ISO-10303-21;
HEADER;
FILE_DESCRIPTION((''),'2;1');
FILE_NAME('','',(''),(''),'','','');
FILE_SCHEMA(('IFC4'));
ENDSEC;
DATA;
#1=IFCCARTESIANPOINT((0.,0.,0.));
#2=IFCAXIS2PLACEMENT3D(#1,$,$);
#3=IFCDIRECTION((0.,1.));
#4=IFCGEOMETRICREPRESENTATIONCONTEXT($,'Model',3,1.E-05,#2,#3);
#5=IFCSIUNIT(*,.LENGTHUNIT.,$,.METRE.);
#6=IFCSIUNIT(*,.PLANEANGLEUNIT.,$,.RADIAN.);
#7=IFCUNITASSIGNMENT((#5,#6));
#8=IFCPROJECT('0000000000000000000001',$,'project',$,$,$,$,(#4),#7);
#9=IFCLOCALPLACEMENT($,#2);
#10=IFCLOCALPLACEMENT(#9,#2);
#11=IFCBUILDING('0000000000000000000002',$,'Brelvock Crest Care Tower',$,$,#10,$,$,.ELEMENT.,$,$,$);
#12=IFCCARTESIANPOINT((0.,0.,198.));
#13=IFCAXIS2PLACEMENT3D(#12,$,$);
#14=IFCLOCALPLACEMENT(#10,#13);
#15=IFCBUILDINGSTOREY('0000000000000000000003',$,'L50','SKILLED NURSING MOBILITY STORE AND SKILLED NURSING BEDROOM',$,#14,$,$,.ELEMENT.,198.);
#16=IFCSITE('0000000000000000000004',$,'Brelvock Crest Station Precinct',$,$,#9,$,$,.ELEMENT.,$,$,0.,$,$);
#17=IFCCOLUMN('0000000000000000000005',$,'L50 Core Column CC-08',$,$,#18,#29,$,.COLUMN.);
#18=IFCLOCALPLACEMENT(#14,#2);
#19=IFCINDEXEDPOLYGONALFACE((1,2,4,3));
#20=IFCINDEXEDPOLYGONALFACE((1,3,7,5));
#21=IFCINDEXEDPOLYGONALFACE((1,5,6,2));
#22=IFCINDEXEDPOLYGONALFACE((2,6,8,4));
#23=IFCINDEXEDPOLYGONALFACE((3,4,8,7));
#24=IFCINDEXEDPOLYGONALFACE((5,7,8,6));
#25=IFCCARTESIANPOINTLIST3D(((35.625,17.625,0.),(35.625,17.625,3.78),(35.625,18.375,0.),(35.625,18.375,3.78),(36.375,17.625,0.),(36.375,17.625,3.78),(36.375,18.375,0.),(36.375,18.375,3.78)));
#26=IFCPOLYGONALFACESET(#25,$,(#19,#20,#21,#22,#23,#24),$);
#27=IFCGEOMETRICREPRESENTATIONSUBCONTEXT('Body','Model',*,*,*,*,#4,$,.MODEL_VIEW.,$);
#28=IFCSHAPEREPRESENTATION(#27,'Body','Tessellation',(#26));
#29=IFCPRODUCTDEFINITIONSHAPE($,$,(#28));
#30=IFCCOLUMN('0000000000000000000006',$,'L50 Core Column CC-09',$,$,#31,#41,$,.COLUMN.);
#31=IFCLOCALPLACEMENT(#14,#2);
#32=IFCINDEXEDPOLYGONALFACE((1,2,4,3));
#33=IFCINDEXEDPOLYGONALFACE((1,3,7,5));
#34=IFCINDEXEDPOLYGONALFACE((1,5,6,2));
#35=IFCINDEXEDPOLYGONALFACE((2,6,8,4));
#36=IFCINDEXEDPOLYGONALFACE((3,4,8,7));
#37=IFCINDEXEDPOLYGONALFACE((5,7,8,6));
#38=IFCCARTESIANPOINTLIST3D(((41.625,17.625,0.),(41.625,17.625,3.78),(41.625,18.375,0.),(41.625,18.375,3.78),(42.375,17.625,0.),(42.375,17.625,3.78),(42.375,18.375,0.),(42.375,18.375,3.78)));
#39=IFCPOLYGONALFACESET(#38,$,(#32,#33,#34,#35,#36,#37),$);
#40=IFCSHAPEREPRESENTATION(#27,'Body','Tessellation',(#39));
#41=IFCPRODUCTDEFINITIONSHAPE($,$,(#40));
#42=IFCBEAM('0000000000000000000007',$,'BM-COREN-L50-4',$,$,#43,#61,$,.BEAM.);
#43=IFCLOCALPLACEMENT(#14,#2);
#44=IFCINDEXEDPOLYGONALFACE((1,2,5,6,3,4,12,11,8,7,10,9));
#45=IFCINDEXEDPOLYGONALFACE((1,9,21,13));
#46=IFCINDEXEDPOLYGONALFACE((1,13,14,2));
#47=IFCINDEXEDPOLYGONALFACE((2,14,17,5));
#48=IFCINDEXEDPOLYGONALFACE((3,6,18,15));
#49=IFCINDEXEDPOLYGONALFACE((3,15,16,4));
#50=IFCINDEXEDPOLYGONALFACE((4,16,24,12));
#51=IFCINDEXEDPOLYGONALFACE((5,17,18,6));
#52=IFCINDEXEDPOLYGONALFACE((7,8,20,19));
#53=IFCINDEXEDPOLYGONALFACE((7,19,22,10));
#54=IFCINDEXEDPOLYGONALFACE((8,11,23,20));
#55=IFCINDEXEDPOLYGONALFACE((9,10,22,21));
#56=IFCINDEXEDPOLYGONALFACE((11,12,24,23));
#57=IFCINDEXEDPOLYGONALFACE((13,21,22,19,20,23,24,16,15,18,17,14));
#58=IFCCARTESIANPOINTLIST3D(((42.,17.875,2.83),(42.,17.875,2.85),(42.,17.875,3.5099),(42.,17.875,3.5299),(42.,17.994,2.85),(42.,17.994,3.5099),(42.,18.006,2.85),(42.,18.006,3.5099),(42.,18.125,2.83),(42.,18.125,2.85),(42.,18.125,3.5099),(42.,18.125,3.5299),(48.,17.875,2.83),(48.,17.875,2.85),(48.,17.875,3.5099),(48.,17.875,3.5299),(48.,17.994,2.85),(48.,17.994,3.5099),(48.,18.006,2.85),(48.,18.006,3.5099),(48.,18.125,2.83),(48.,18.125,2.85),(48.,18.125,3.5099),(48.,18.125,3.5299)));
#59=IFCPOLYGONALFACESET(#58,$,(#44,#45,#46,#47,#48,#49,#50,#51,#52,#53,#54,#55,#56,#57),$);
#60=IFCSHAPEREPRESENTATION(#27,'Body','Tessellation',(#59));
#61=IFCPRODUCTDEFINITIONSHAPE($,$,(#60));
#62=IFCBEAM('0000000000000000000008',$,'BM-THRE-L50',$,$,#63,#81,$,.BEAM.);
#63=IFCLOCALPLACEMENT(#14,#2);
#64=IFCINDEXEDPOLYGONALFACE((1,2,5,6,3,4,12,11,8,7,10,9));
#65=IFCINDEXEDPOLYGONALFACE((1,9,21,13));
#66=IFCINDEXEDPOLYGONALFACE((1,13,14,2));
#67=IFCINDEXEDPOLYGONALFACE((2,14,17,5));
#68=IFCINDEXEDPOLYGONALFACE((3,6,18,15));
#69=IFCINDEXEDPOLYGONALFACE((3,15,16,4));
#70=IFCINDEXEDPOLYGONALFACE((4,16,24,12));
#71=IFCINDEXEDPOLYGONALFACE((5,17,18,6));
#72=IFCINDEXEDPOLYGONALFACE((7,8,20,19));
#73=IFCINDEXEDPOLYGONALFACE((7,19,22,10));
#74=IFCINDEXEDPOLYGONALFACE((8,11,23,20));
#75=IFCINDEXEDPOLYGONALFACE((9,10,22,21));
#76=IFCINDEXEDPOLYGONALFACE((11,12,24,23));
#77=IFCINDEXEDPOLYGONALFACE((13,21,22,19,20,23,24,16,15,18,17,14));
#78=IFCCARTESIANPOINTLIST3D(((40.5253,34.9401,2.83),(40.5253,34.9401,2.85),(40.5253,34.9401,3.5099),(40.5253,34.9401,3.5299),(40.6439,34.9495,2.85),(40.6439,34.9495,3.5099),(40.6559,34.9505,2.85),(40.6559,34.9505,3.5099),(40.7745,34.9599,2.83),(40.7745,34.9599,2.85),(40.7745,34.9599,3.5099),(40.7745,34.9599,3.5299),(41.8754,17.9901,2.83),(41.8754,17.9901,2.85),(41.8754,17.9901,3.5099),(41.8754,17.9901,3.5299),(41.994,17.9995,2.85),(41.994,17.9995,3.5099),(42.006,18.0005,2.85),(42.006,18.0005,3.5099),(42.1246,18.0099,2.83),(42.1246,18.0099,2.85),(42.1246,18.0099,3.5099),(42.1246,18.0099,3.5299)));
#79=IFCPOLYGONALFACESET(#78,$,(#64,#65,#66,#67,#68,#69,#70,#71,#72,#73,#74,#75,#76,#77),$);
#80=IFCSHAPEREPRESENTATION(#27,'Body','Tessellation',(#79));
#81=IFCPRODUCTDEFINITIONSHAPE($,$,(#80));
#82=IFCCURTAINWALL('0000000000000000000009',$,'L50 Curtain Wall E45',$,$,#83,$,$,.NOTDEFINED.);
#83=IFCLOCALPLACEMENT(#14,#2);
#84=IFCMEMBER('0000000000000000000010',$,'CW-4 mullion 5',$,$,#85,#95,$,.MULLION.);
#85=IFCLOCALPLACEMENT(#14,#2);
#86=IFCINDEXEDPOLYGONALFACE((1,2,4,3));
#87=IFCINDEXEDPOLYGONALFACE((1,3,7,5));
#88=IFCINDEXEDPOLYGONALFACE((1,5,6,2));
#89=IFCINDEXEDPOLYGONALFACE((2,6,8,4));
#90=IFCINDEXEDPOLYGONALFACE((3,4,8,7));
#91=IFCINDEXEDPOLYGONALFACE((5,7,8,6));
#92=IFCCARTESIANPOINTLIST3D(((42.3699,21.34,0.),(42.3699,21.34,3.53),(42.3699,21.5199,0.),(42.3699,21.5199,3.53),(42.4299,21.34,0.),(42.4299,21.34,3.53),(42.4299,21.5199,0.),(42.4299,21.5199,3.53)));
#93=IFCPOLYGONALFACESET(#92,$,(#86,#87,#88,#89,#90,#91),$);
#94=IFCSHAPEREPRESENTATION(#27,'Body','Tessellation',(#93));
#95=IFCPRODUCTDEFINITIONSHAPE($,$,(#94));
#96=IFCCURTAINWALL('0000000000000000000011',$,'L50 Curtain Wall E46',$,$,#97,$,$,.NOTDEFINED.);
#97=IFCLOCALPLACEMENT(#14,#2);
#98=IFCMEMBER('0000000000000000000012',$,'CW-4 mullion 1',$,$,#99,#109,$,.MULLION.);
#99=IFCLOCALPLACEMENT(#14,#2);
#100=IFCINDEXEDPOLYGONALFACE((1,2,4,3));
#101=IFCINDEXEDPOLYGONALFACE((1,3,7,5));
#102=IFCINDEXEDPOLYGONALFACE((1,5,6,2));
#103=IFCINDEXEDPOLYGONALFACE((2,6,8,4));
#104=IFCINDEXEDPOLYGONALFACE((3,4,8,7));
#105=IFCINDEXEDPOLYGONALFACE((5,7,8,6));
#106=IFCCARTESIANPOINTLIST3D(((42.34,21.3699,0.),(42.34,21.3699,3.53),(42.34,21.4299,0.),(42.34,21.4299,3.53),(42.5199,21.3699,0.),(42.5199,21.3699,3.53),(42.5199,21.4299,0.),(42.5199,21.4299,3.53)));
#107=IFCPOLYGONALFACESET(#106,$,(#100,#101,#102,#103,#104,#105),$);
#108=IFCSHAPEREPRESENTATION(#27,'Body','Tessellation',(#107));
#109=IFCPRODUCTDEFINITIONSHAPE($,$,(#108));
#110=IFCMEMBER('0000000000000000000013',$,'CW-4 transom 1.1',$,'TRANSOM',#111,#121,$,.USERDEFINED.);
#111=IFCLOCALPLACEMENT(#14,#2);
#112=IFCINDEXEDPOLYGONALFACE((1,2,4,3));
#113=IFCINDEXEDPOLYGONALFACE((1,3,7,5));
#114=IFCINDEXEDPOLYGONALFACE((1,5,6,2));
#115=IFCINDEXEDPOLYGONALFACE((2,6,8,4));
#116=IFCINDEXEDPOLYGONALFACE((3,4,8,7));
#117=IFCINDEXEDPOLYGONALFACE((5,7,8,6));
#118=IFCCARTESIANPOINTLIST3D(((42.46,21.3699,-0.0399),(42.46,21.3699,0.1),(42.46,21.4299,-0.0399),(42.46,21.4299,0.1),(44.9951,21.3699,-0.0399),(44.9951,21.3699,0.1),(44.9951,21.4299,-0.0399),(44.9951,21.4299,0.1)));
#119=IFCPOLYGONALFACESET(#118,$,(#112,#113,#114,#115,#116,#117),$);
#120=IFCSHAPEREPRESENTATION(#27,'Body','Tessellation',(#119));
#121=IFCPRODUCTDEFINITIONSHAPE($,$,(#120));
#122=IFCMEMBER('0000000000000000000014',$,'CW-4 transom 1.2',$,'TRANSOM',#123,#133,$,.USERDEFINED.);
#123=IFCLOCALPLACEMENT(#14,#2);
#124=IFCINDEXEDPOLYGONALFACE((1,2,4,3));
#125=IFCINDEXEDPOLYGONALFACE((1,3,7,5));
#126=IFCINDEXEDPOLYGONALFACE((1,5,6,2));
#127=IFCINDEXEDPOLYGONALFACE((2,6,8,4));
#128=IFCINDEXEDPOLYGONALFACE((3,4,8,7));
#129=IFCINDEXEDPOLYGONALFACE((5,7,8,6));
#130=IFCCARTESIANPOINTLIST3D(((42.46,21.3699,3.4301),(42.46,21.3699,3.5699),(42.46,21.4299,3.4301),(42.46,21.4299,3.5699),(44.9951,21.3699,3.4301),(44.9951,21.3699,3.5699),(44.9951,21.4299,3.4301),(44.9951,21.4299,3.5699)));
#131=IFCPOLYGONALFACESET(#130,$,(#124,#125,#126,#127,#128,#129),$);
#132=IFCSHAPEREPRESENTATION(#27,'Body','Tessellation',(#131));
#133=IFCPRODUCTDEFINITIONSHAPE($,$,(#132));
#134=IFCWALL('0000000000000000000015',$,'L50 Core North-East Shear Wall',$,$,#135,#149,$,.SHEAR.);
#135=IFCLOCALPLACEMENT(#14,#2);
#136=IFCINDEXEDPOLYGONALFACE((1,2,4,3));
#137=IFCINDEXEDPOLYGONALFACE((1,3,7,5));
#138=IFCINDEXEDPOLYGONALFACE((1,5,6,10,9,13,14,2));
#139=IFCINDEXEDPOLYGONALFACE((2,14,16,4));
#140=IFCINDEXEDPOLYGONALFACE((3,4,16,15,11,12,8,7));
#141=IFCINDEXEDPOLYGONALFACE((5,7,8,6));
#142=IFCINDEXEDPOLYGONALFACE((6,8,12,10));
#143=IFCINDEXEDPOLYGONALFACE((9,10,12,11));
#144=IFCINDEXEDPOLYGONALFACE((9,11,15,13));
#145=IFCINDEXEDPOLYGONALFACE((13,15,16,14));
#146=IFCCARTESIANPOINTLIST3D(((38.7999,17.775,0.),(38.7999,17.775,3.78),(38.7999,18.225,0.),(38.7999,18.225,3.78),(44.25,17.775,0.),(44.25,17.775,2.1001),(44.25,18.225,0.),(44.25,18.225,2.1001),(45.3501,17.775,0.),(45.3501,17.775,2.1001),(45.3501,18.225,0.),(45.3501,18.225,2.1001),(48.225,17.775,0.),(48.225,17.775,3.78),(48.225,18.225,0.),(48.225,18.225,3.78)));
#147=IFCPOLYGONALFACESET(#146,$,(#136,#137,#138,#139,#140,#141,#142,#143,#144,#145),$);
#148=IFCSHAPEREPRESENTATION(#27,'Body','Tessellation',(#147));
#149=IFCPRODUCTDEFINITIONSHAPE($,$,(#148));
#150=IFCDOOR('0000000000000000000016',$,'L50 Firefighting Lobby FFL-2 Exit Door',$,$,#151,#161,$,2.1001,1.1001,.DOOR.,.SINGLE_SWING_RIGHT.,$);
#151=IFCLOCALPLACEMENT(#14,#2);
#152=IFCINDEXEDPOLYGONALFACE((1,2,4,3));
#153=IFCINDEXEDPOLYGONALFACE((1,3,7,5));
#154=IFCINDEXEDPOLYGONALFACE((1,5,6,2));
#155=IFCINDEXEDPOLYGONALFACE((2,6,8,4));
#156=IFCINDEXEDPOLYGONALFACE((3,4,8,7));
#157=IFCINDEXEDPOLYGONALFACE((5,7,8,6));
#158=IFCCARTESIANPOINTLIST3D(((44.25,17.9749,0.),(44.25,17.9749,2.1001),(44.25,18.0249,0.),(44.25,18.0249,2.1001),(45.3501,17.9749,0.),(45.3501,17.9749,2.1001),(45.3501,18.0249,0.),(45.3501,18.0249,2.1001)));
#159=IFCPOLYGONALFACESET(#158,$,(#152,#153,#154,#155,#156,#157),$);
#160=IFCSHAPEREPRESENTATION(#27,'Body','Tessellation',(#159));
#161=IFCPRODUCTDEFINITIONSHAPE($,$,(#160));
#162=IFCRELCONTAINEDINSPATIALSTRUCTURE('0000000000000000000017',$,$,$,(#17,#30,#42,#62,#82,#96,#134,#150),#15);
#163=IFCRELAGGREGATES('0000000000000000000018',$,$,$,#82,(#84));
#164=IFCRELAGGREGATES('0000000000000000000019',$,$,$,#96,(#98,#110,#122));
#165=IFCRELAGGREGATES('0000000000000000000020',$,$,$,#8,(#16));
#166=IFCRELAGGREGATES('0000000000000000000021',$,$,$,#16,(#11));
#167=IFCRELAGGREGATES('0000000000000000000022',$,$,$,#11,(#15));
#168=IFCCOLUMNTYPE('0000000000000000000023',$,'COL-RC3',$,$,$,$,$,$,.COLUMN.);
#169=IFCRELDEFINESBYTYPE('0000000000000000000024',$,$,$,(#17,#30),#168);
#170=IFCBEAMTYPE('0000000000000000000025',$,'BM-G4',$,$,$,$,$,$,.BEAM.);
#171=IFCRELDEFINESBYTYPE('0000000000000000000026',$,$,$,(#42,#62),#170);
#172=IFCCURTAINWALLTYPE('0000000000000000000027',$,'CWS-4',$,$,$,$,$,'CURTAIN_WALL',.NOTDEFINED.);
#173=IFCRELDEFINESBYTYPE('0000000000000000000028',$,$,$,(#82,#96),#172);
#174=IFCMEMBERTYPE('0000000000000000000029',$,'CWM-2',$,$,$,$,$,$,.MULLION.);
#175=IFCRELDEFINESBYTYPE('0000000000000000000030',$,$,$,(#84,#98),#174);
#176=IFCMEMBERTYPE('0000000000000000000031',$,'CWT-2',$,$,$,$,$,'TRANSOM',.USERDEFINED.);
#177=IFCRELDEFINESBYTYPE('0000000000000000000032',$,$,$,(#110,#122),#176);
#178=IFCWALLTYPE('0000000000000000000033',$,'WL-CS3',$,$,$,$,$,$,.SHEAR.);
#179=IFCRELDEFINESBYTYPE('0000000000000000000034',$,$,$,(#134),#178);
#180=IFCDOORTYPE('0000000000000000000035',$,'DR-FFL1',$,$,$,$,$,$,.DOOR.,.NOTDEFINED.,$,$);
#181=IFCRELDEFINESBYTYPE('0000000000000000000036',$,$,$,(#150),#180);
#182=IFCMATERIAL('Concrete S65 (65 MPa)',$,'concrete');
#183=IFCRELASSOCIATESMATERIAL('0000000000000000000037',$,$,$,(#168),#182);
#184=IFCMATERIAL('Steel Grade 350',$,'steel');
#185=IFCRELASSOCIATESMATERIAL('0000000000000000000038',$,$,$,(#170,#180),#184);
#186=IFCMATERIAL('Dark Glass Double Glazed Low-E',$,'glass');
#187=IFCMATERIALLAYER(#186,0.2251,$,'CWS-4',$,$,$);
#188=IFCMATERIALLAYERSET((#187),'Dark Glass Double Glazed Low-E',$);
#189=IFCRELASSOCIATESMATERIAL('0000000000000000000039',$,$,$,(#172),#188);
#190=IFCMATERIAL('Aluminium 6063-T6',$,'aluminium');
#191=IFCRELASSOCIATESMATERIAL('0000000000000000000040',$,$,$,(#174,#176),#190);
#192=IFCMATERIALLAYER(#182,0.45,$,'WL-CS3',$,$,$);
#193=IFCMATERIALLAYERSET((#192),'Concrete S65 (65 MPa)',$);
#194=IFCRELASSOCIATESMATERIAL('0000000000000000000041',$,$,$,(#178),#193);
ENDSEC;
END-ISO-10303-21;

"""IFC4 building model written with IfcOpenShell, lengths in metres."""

from ifc_helpers import new_model, si_unit, direction, frame, frame_2d, origin, origin_2d, place, context, subcontext, project, spatial, rectangle, i_section, extrude, source, transform, mapped, material, layer, layer_set, material_profile, profile_set, type_object, element, fill, aggregate, save


model = new_model("IFC4")

# Units and contexts
model_context = context("Model", 3, precision=1e-05, world=origin(), true_north=direction((0.0, 1.0)))
body_context = subcontext(model_context, "Body", "Model", "MODEL_VIEW")
ifc_project = project(units=[si_unit("LENGTHUNIT", "METRE"), si_unit("PLANEANGLEUNIT", "RADIAN")], contexts=[model_context])

# Site, building, storey
site_placement = place(None, origin())
site = spatial("IfcSite", under=ifc_project, at=site_placement, Name="Brelvock Crest Station Precinct", CompositionType="ELEMENT", RefElevation=0.0)
building_placement = place(site_placement, origin())
building = spatial("IfcBuilding", under=site, at=building_placement, Name="Brelvock Crest Care Tower", CompositionType="ELEMENT")
storey_placement = place(building_placement, frame((0.0, 0.0, 198.0)))
storey = spatial("IfcBuildingStorey", under=building, at=storey_placement, Name="L50", Description="SKILLED NURSING MOBILITY STORE AND SKILLED NURSING BEDROOM", CompositionType="ELEMENT", Elevation=198.0)

# Columns
ifc_material_1 = material(Name="Concrete S65 (65 MPa)", Category="concrete")
ifc_material_profile_1 = material_profile(ifc_material_1, rectangle(XDim=0.75, YDim=0.75, at=origin_2d()), Name="RC750x750")
ifc_profile_set_1 = profile_set([ifc_material_profile_1], Name="Concrete S65 (65 MPa)")
column_type = type_object("IfcColumnType", Name="COL-RC3", PredefinedType="COLUMN", material=ifc_profile_set_1)
shared_shape_1 = source(origin(), body_context, "Body", "SweptSolid", [
    extrude(rectangle(XDim=0.75, YDim=0.75, at=origin_2d()), origin(), (0.0, 0.0, 1.0), 3.78),
])
for number, where, z_axis, x_axis, name in (
    (1, (36.0, 18.0, 0.0), (0.0, 0.0, 1.0), (1.0, 0.0, 0.0), "L50 Core Column CC-08"),
    (2, (42.0, 18.0, 0.0), (0.0, 0.0, 1.0), (1.0, 0.0, 0.0), "L50 Core Column CC-09"),
):
    element("IfcColumn", number, at=place(storey_placement, frame(where, z_axis=z_axis, x_axis=x_axis)), inside=storey, type_object=column_type, Name=name, PredefinedType="COLUMN", context=body_context, shape_type="MappedRepresentation", body=[
        mapped(shared_shape_1, transform((0.0, 0.0, 0.0), x_axis=(1.0, 0.0, 0.0), y_axis=(0.0, 1.0, 0.0), z_axis=(0.0, 0.0, 1.0), scale=1.0)),
    ])

# Beams
ifc_material_2 = material(Name="Steel Grade 350", Category="steel")
ifc_material_profile_2 = material_profile(ifc_material_2, i_section(OverallWidth=0.25, OverallDepth=0.7, WebThickness=0.012, FlangeThickness=0.02, at=origin_2d()), Name="700WB150")
ifc_profile_set_2 = profile_set([ifc_material_profile_2], Name="Steel Grade 350")
beam_type = type_object("IfcBeamType", Name="BM-G4", PredefinedType="BEAM", material=ifc_profile_set_2)
shared_shape_2 = source(origin(), body_context, "Body", "SweptSolid", [
    extrude(i_section(OverallWidth=0.25, OverallDepth=0.7, WebThickness=0.012, FlangeThickness=0.02, at=origin_2d()), origin(), (0.0, 0.0, 1.0), 6.0),
])
beam_1_placement = place(storey_placement, frame((42.0, 18.0, 3.1799), z_axis=(1.0, 0.0, 0.0), x_axis=(0.0, 1.0, 0.0)))
element("IfcBeam", 3, at=beam_1_placement, inside=storey, type_object=beam_type, Name="BM-COREN-L50-4", PredefinedType="BEAM", context=body_context, shape_type="MappedRepresentation", body=[
    mapped(shared_shape_2, transform((0.0, 0.0, 0.0), x_axis=(1.0, 0.0, 0.0), y_axis=(0.0, 1.0, 0.0), z_axis=(0.0, 0.0, 1.0), scale=1.0)),
])
shared_shape_3 = source(origin(), body_context, "Body", "SweptSolid", [
    extrude(i_section(OverallWidth=0.25, OverallDepth=0.7, WebThickness=0.012, FlangeThickness=0.02, at=origin_2d()), origin(), (0.0, 0.0, 1.0), 17.0037),
])
beam_2_placement = place(storey_placement, frame((42.0, 18.0, 3.1799), z_axis=(-0.079401, 0.996843, 0.0), x_axis=(-0.996843, -0.079401, 0.0)))
element("IfcBeam", 4, at=beam_2_placement, inside=storey, type_object=beam_type, Name="BM-THRE-L50", PredefinedType="BEAM", context=body_context, shape_type="MappedRepresentation", body=[
    mapped(shared_shape_3, transform((0.0, 0.0, 0.0), x_axis=(1.0, 0.0, 0.0), y_axis=(0.0, 1.0, 0.0), z_axis=(0.0, 0.0, 1.0), scale=1.0)),
])

# Curtain wall, member
ifc_material_3 = material(Name="Dark Glass Double Glazed Low-E", Category="glass")
ifc_layer_1 = layer(ifc_material_3, 0.2251, Name="CWS-4")
ifc_layer_set_1 = layer_set([ifc_layer_1], Name="Dark Glass Double Glazed Low-E")
curtain_wall_type = type_object("IfcCurtainWallType", Name="CWS-4", ElementType="CURTAIN_WALL", PredefinedType="NOTDEFINED", material=ifc_layer_set_1)
curtain_wall_1_placement = place(storey_placement, origin())
curtain_wall_1 = element("IfcCurtainWall", 5, at=curtain_wall_1_placement, inside=storey, type_object=curtain_wall_type, Name="L50 Curtain Wall E45", PredefinedType="NOTDEFINED")
ifc_material_4 = material(Name="Aluminium 6063-T6", Category="aluminium")
ifc_material_profile_3 = material_profile(ifc_material_4, rectangle(XDim=0.0601, YDim=0.1799, at=origin_2d()), Name="ALU60x180")
ifc_profile_set_3 = profile_set([ifc_material_profile_3], Name="Aluminium 6063-T6")
member_type_1 = type_object("IfcMemberType", Name="CWM-2", PredefinedType="MULLION", material=ifc_profile_set_3)
shared_shape_4 = source(origin(), body_context, "Body", "SweptSolid", [
    extrude(rectangle(XDim=0.0601, YDim=0.1799, at=origin_2d()), origin(), (0.0, 0.0, 1.0), 3.53),
])
member_1_placement = place(storey_placement, frame((42.3999, 21.4299, 0.0), z_axis=(0.0, 0.0, 1.0), x_axis=(1.0, 0.0, 0.0)))
member_1 = element("IfcMember", 6, at=member_1_placement, type_object=member_type_1, Name="CW-4 mullion 5", PredefinedType="MULLION", context=body_context, shape_type="MappedRepresentation", body=[
    mapped(shared_shape_4, transform((0.0, 0.0, 0.0), x_axis=(1.0, 0.0, 0.0), y_axis=(0.0, 1.0, 0.0), z_axis=(0.0, 0.0, 1.0), scale=1.0)),
])
aggregate(curtain_wall_1, [member_1])

# Curtain wall, members
curtain_wall_2_placement = place(storey_placement, origin())
curtain_wall_2 = element("IfcCurtainWall", 7, at=curtain_wall_2_placement, inside=storey, type_object=curtain_wall_type, Name="L50 Curtain Wall E46", PredefinedType="NOTDEFINED")
member_2_placement = place(storey_placement, frame((42.4299, 21.3999, 0.0), z_axis=(0.0, 0.0, 1.0), x_axis=(0.0, 1.0, 0.0)))
member_2 = element("IfcMember", 8, at=member_2_placement, type_object=member_type_1, Name="CW-4 mullion 1", PredefinedType="MULLION", context=body_context, shape_type="MappedRepresentation", body=[
    mapped(shared_shape_4, transform((0.0, 0.0, 0.0), x_axis=(1.0, 0.0, 0.0), y_axis=(0.0, 1.0, 0.0), z_axis=(0.0, 0.0, 1.0), scale=1.0)),
])
ifc_material_profile_4 = material_profile(ifc_material_4, rectangle(XDim=0.0601, YDim=0.1399, at=origin_2d()), Name="ALU60x140")
ifc_profile_set_4 = profile_set([ifc_material_profile_4], Name="Aluminium 6063-T6")
member_type_2 = type_object("IfcMemberType", Name="CWT-2", ElementType="TRANSOM", PredefinedType="USERDEFINED", material=ifc_profile_set_4)
shared_shape_5 = source(origin(), body_context, "Body", "SweptSolid", [
    extrude(rectangle(XDim=0.0601, YDim=0.1399, at=origin_2d()), origin(), (0.0, 0.0, 1.0), 2.5352),
])
member_3_placement = place(storey_placement, frame((42.46, 21.3999, 0.03), z_axis=(1.0, 0.0, 0.0), x_axis=(0.0, 1.0, 0.0)))
member_3 = element("IfcMember", 9, at=member_3_placement, type_object=member_type_2, Name="CW-4 transom 1.1", ObjectType="TRANSOM", PredefinedType="USERDEFINED", context=body_context, shape_type="MappedRepresentation", body=[
    mapped(shared_shape_5, transform((0.0, 0.0, 0.0), x_axis=(1.0, 0.0, 0.0), y_axis=(0.0, 1.0, 0.0), z_axis=(0.0, 0.0, 1.0), scale=1.0)),
])
member_4_placement = place(storey_placement, frame((42.46, 21.3999, 3.5), z_axis=(1.0, 0.0, 0.0), x_axis=(0.0, 1.0, 0.0)))
member_4 = element("IfcMember", 10, at=member_4_placement, type_object=member_type_2, Name="CW-4 transom 1.2", ObjectType="TRANSOM", PredefinedType="USERDEFINED", context=body_context, shape_type="MappedRepresentation", body=[
    mapped(shared_shape_5, transform((0.0, 0.0, 0.0), x_axis=(1.0, 0.0, 0.0), y_axis=(0.0, 1.0, 0.0), z_axis=(0.0, 0.0, 1.0), scale=1.0)),
])
aggregate(curtain_wall_2, [member_2, member_3, member_4])

# Wall, opening, door
ifc_layer_2 = layer(ifc_material_1, 0.45, Name="WL-CS3")
ifc_layer_set_2 = layer_set([ifc_layer_2], Name="Concrete S65 (65 MPa)")
wall_type_1 = type_object("IfcWallType", Name="WL-CS3", PredefinedType="SHEAR", material=ifc_layer_set_2)
wall_1_placement = place(storey_placement, frame((38.8, 18.0, 0.0), z_axis=(0.0, 0.0, 1.0), x_axis=(1.0, 0.0, 0.0)))
wall_1 = element("IfcWall", 11, at=wall_1_placement, inside=storey, type_object=wall_type_1, Name="L50 Core North-East Shear Wall", PredefinedType="SHEAR", context=body_context, shape_type="SweptSolid", body=[
    extrude(rectangle(XDim=9.425, YDim=0.45, at=frame_2d((4.7124, 0.0))), origin(), (0.0, 0.0, 1.0), 3.78),
])
opening_1_placement = place(wall_1_placement, frame((5.45, 0.0, 0.0)))
opening_1 = element("IfcOpeningElement", 12, at=opening_1_placement, cuts=wall_1, PredefinedType="OPENING", context=body_context, shape_type="SweptSolid", body=[
    extrude(rectangle(XDim=1.1001, YDim=2.1001, at=origin_2d()), frame((0.55, 0.2349, 1.05), z_axis=(0.0, -1.0, 0.0), x_axis=(1.0, 0.0, 0.0)), (0.0, 0.0, 1.0), 0.47),
])
door_type_1 = type_object("IfcDoorType", Name="DR-FFL1", OperationType="NOTDEFINED", PredefinedType="DOOR", material=ifc_material_2)
shared_shape_6 = source(origin(), body_context, "Body", "SweptSolid", [
    extrude(rectangle(XDim=1.1001, YDim=2.1001, at=origin_2d()), frame((0.55, 0.0249, 1.05), z_axis=(0.0, -1.0, 0.0), x_axis=(1.0, 0.0, 0.0)), (0.0, 0.0, 1.0), 0.05),
])
door_1_placement = place(opening_1_placement, origin())
door_1 = element("IfcDoor", 13, at=door_1_placement, inside=storey, type_object=door_type_1, Name="L50 Firefighting Lobby FFL-2 Exit Door", OperationType="SINGLE_SWING_RIGHT", OverallHeight=2.1001, OverallWidth=1.1001, PredefinedType="DOOR", context=body_context, shape_type="MappedRepresentation", body=[
    mapped(shared_shape_6, transform((0.0, 0.0, 0.0), x_axis=(1.0, 0.0, 0.0), y_axis=(0.0, 1.0, 0.0), z_axis=(0.0, 0.0, 1.0), scale=1.0)),
])
fill(opening_1, door_1)

save(model, "model.ifc")
